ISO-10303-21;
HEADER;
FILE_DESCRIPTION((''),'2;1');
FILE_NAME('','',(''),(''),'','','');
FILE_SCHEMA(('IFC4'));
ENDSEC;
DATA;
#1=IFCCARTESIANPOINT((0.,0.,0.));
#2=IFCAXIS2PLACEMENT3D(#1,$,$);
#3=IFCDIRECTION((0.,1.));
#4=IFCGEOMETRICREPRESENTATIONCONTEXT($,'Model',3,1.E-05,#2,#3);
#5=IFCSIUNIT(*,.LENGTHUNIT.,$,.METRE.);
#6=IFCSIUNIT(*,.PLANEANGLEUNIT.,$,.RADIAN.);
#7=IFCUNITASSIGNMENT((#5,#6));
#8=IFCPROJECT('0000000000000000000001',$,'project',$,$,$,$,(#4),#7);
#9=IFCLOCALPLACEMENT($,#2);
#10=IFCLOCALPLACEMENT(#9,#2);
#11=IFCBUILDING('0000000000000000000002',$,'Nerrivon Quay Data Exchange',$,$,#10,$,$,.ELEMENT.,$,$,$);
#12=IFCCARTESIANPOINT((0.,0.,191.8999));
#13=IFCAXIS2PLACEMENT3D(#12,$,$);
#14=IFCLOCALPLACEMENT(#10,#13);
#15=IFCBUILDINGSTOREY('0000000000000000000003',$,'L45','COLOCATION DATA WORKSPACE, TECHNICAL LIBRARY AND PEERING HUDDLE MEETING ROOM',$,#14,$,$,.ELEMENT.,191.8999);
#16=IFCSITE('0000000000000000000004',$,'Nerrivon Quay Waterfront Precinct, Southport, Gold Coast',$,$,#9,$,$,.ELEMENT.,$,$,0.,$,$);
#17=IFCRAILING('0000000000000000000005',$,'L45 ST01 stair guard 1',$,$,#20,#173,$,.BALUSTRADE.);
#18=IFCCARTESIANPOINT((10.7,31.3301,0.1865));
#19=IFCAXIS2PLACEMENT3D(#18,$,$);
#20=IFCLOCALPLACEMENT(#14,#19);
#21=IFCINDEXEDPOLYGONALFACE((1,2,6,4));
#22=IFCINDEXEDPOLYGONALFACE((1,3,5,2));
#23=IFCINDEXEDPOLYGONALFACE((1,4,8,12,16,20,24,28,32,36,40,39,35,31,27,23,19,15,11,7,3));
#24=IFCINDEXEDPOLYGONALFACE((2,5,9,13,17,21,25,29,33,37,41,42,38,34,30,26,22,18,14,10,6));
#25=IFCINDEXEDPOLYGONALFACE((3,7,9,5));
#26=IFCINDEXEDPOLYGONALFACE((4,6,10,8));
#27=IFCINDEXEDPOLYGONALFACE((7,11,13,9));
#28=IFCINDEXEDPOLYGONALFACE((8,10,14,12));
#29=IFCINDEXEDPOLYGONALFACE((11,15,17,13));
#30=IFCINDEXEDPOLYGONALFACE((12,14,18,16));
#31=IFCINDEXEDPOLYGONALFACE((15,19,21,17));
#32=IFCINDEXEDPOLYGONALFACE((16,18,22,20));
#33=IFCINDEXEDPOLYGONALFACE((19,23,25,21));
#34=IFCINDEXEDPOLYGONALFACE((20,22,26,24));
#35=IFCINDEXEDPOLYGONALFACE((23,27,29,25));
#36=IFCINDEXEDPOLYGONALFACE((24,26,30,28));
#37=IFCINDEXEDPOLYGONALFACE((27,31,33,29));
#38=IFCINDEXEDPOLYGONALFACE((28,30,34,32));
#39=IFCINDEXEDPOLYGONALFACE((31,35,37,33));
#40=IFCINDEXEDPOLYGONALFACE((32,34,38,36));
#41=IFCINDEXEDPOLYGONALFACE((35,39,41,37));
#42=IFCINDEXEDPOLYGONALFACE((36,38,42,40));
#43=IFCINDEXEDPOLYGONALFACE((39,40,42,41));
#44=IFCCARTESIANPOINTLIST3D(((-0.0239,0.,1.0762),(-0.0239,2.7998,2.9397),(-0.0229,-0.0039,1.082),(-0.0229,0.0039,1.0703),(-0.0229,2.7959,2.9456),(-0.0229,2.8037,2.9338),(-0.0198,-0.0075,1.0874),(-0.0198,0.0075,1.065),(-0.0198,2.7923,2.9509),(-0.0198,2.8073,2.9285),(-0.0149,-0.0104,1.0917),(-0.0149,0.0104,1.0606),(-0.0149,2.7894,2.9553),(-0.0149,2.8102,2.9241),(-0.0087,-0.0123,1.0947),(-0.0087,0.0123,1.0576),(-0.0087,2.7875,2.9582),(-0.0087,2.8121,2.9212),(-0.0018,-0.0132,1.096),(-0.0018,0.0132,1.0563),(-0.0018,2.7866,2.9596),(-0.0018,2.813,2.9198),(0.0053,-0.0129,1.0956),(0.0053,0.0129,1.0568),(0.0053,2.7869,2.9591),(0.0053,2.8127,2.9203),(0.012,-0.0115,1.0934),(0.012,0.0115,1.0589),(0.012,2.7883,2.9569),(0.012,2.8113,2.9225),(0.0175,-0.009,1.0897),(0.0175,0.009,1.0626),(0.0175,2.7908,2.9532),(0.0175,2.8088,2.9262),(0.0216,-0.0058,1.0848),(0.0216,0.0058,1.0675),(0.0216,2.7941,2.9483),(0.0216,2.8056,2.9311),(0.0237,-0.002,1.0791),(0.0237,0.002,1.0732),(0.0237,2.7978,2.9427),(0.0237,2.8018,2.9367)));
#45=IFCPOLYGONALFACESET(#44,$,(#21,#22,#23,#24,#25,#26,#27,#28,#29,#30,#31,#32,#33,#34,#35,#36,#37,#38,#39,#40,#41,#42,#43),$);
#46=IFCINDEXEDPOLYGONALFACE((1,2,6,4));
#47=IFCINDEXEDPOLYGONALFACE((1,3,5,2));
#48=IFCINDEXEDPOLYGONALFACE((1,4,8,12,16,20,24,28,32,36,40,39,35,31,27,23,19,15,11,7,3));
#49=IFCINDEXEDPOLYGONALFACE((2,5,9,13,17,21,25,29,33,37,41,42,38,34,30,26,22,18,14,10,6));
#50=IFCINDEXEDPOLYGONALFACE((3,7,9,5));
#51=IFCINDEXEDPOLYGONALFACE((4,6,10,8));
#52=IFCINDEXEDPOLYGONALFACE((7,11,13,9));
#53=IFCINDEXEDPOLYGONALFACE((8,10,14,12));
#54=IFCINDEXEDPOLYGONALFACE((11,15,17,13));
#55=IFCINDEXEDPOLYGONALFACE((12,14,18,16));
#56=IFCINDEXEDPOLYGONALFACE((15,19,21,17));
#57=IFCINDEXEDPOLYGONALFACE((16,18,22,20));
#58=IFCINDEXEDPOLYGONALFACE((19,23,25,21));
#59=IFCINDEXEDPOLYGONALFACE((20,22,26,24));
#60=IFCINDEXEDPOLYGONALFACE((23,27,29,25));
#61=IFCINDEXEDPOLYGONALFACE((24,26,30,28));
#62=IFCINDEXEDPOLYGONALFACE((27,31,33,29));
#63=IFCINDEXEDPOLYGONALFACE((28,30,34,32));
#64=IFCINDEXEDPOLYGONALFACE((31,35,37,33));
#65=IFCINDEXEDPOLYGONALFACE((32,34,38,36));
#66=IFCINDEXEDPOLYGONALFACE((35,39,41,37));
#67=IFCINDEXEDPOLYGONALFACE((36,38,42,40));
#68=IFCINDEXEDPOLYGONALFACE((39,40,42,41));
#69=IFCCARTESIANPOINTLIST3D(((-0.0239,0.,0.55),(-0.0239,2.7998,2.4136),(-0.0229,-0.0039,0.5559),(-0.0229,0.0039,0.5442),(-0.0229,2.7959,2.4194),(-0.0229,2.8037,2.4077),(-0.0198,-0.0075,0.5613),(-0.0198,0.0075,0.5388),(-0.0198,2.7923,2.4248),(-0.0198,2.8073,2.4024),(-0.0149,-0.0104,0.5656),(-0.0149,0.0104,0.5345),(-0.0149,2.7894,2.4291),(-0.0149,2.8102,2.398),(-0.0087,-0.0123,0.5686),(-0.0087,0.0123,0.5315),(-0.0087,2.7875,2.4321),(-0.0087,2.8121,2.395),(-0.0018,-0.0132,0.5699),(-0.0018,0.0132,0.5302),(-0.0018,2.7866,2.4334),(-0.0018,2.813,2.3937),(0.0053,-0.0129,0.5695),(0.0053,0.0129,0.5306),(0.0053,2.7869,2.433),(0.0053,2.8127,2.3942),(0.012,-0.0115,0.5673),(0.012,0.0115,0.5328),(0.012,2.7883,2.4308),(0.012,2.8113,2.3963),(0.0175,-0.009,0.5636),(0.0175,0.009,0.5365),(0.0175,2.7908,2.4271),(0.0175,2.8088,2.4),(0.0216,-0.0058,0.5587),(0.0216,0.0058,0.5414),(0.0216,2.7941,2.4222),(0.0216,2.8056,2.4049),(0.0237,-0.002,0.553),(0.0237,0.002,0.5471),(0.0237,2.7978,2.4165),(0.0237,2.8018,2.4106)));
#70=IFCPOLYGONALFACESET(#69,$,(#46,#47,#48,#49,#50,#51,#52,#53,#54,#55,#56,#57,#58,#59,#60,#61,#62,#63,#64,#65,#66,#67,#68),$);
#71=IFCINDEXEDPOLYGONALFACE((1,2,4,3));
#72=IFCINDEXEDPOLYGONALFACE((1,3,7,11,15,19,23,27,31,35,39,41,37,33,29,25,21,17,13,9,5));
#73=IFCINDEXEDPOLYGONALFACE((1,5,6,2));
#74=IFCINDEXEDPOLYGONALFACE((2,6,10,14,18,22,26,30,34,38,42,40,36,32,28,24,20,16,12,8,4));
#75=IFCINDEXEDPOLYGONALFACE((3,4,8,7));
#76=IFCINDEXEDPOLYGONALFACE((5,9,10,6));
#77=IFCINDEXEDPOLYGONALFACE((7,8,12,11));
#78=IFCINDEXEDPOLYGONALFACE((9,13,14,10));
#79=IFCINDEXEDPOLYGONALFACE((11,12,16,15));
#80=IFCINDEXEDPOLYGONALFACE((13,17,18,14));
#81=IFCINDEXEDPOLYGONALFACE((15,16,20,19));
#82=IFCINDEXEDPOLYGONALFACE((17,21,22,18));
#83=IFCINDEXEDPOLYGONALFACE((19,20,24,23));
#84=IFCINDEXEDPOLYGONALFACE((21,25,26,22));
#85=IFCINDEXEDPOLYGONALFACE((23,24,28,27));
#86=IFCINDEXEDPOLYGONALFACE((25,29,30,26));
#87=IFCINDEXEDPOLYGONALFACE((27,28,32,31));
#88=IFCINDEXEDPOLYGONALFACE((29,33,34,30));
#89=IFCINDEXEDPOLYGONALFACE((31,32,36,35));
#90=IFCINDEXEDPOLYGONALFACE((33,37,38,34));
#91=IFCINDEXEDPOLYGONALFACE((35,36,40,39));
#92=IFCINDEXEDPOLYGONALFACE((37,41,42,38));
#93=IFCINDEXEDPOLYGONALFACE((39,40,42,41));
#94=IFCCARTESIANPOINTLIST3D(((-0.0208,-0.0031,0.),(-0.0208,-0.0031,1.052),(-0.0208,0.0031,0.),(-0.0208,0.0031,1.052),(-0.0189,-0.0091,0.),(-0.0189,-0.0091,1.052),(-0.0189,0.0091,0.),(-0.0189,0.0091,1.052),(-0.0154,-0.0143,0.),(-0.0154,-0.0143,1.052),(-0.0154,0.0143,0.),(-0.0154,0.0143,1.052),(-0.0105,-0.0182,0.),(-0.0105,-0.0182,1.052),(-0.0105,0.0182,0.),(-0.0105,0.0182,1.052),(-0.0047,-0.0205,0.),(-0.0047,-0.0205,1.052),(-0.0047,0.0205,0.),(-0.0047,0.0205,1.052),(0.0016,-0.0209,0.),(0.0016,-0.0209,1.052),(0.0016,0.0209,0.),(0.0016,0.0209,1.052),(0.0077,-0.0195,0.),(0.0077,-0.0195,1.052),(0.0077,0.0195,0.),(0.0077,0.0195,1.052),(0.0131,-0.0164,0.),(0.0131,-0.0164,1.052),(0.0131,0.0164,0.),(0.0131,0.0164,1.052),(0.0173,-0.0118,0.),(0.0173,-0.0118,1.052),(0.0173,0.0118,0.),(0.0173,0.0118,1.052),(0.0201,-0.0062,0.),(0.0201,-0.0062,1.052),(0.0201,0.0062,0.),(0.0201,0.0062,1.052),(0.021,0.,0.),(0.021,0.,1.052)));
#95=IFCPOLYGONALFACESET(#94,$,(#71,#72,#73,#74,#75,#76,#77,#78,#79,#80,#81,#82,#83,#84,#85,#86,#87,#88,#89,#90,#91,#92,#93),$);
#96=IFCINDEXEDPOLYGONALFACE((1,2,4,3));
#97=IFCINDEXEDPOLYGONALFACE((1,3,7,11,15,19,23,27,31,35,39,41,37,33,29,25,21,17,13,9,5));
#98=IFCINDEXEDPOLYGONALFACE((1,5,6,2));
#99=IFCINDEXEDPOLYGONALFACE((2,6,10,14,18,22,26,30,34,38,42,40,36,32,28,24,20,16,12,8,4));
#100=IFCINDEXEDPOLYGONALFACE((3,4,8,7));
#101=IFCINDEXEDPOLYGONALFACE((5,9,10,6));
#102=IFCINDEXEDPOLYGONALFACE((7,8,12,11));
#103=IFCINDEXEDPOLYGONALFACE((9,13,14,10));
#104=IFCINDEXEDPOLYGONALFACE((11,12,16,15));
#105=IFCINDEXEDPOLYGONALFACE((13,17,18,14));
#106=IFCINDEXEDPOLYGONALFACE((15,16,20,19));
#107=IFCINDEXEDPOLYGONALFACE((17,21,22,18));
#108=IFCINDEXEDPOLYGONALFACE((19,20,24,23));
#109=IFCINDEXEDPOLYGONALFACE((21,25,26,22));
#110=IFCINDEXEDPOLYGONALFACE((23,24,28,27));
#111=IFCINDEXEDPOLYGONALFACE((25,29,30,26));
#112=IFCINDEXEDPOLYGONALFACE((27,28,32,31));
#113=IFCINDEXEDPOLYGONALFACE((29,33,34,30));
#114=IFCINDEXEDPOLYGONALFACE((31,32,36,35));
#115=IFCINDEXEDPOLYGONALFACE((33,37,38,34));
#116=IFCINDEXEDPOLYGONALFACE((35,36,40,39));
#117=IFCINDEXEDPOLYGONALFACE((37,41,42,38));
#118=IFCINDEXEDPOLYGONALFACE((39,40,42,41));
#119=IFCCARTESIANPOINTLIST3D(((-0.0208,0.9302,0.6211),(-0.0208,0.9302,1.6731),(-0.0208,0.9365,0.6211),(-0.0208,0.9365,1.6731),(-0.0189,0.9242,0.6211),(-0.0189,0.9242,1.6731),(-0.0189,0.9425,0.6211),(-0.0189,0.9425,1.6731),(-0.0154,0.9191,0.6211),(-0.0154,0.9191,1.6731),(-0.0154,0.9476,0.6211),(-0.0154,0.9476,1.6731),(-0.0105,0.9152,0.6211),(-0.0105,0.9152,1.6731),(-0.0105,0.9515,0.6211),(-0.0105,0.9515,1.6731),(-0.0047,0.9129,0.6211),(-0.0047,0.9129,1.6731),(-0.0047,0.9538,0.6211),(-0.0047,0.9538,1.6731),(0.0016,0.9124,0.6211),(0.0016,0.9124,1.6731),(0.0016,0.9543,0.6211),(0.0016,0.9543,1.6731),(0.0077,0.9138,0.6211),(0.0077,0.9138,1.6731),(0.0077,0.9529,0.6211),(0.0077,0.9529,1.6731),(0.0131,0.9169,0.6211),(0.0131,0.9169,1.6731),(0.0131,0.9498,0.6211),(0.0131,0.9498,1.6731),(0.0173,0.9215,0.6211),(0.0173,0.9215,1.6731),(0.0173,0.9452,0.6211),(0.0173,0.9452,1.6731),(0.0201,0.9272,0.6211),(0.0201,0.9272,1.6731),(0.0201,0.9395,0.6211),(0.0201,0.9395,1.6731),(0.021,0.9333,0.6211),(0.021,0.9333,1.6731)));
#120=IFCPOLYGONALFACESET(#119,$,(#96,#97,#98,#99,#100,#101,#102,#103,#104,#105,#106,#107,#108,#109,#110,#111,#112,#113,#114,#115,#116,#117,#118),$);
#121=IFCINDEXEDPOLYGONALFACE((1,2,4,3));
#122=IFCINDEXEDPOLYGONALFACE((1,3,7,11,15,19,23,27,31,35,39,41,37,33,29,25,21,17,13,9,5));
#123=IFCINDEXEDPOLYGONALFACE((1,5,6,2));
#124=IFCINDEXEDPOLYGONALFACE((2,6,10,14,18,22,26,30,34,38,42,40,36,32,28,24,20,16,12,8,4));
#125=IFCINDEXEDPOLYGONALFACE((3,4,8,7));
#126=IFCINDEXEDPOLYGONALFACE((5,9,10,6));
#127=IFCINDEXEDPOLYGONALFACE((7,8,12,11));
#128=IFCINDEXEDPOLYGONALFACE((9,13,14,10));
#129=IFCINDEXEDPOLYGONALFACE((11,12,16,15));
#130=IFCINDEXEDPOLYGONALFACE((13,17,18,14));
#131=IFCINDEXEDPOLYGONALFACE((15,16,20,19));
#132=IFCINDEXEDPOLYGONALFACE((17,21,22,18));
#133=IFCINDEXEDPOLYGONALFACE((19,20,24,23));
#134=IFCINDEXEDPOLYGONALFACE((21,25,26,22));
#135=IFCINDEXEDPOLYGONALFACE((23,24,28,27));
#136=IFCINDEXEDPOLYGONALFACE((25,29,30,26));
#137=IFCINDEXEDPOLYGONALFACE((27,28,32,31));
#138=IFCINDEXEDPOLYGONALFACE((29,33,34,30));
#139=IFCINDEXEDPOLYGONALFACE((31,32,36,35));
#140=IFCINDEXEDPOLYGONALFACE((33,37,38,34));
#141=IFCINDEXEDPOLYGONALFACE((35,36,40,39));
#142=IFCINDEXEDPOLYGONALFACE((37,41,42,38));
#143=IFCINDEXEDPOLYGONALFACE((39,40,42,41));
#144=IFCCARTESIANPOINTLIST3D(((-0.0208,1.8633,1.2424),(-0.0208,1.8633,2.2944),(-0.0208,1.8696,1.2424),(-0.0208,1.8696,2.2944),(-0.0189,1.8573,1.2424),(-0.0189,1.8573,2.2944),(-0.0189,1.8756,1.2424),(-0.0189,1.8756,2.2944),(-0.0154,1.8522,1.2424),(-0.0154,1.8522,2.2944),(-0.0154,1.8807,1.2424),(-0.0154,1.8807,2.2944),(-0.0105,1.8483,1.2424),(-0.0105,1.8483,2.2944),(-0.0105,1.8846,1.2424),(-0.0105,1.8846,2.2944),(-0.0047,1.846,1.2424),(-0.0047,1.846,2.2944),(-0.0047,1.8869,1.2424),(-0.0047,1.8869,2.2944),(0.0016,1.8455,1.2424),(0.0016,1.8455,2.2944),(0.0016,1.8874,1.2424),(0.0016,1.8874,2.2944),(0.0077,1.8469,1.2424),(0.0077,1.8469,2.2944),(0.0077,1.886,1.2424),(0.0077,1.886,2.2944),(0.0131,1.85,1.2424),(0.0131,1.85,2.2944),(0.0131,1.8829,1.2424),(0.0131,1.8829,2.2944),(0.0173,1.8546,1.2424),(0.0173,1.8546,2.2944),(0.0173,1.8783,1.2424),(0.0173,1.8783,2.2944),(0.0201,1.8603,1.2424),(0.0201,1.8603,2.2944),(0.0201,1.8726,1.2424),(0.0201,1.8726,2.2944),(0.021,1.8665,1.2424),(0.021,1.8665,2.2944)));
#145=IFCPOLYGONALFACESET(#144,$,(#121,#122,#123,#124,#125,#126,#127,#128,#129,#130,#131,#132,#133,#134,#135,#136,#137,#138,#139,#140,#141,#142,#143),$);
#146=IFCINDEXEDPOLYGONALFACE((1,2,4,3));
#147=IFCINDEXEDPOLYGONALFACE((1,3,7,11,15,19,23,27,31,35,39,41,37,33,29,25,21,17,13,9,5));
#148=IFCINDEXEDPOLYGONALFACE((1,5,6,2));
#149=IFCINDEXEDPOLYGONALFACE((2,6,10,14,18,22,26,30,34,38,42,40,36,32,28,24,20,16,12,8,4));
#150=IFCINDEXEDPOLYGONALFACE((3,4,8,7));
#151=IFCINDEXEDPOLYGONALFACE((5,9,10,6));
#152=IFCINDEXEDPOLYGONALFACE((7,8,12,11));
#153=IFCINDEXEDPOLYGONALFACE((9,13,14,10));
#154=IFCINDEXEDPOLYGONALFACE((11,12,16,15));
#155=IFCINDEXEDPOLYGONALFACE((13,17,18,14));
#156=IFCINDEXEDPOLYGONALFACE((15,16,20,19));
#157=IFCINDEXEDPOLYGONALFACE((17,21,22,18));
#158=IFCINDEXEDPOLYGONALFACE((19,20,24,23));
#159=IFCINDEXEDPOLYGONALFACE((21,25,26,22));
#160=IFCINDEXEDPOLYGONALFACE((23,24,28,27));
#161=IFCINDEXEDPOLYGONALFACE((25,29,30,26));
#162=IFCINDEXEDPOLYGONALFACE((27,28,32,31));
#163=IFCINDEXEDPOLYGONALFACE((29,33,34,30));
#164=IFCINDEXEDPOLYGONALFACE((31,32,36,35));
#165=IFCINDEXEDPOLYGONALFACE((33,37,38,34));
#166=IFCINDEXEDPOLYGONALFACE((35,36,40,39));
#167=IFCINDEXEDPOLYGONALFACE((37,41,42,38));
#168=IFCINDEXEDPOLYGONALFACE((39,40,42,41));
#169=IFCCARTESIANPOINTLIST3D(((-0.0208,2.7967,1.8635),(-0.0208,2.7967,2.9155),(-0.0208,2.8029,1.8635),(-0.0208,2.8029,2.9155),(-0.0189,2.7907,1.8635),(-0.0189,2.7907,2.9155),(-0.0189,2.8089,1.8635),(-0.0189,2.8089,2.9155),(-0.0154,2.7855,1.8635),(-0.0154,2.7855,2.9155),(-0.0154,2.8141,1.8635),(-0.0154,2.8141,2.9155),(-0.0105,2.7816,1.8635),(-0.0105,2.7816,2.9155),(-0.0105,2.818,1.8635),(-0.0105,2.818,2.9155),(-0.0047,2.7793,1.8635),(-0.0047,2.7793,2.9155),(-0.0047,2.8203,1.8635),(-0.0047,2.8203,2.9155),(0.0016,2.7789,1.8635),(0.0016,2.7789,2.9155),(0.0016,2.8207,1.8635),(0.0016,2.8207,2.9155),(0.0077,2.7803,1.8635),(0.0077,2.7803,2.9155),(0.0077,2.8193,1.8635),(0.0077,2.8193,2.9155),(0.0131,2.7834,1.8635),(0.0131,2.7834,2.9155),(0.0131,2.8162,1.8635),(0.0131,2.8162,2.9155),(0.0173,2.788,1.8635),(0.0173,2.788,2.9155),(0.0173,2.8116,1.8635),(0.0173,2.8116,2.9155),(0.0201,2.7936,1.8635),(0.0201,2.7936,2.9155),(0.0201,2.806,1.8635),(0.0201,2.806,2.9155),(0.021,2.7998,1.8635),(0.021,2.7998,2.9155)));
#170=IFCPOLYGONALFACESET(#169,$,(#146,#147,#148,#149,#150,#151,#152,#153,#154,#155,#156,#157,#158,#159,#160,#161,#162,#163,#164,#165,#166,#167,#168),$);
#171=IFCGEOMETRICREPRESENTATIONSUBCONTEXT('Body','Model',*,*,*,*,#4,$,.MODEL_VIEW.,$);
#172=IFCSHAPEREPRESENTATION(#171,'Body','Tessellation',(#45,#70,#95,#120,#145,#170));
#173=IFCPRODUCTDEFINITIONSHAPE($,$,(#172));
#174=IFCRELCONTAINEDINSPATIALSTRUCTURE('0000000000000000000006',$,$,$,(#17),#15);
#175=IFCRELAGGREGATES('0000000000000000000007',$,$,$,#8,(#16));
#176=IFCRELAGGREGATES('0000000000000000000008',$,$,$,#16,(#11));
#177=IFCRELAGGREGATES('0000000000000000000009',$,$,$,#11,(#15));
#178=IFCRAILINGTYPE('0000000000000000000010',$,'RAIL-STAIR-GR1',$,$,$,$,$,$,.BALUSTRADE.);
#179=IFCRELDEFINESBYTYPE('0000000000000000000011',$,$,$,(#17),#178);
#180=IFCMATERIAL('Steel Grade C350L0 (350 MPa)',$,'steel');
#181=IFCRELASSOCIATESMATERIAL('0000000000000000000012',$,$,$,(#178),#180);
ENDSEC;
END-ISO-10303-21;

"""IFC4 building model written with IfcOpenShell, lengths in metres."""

from ifc_helpers import new_model, si_unit, direction, frame, origin, origin_2d, place, context, subcontext, project, spatial, circle, extrude, material, type_object, element, save


model = new_model("IFC4")

# Units and contexts
model_context = context("Model", 3, precision=1e-05, world=origin(), true_north=direction((0.0, 1.0)))
body_context = subcontext(model_context, "Body", "Model", "MODEL_VIEW")
ifc_project = project(units=[si_unit("LENGTHUNIT", "METRE"), si_unit("PLANEANGLEUNIT", "RADIAN")], contexts=[model_context])

# Site, building, storey
site_placement = place(None, origin())
site = spatial("IfcSite", under=ifc_project, at=site_placement, Name="Nerrivon Quay Waterfront Precinct, Southport, Gold Coast", CompositionType="ELEMENT", RefElevation=0.0)
building_placement = place(site_placement, origin())
building = spatial("IfcBuilding", under=site, at=building_placement, Name="Nerrivon Quay Data Exchange", CompositionType="ELEMENT")
storey_placement = place(building_placement, frame((0.0, 0.0, 191.8999)))
storey = spatial("IfcBuildingStorey", under=building, at=storey_placement, Name="L45", Description="COLOCATION DATA WORKSPACE, TECHNICAL LIBRARY AND PEERING HUDDLE MEETING ROOM", CompositionType="ELEMENT", Elevation=191.8999)

# Railing
ifc_material_1 = material(Name="Steel Grade C350L0 (350 MPa)", Category="steel")
railing_type_1 = type_object("IfcRailingType", Name="RAIL-STAIR-GR1", PredefinedType="BALUSTRADE", material=ifc_material_1)
railing_1_placement = place(storey_placement, frame((10.7, 31.3301, 0.1865)))
element("IfcRailing", 1, at=railing_1_placement, inside=storey, type_object=railing_type_1, Name="L45 ST01 stair guard 1", PredefinedType="BALUSTRADE", context=body_context, shape_type="SweptSolid", body=[
    extrude(circle(Radius=0.0239, at=origin_2d()), frame((0.0, 0.0, 1.0762), z_axis=(0.0, 0.832463, 0.55408), x_axis=(-1.0, 0.0, 0.0)), (0.0, 0.0, 1.0), 3.3633),
    extrude(circle(Radius=0.0239, at=origin_2d()), frame((0.0, 0.0, 0.55), z_axis=(0.0, 0.832463, 0.55408), x_axis=(-1.0, 0.0, 0.0)), (0.0, 0.0, 1.0), 3.3633),
    extrude(circle(Radius=0.021, at=origin_2d()), origin(), (0.0, 0.0, 1.0), 1.052),
    extrude(circle(Radius=0.021, at=origin_2d()), frame((0.0, 0.9333, 0.6211)), (0.0, 0.0, 1.0), 1.052),
    extrude(circle(Radius=0.021, at=origin_2d()), frame((0.0, 1.8665, 1.2424)), (0.0, 0.0, 1.0), 1.052),
    extrude(circle(Radius=0.021, at=origin_2d()), frame((0.0, 2.7998, 1.8635)), (0.0, 0.0, 1.0), 1.052),
])

save(model, "model.ifc")
